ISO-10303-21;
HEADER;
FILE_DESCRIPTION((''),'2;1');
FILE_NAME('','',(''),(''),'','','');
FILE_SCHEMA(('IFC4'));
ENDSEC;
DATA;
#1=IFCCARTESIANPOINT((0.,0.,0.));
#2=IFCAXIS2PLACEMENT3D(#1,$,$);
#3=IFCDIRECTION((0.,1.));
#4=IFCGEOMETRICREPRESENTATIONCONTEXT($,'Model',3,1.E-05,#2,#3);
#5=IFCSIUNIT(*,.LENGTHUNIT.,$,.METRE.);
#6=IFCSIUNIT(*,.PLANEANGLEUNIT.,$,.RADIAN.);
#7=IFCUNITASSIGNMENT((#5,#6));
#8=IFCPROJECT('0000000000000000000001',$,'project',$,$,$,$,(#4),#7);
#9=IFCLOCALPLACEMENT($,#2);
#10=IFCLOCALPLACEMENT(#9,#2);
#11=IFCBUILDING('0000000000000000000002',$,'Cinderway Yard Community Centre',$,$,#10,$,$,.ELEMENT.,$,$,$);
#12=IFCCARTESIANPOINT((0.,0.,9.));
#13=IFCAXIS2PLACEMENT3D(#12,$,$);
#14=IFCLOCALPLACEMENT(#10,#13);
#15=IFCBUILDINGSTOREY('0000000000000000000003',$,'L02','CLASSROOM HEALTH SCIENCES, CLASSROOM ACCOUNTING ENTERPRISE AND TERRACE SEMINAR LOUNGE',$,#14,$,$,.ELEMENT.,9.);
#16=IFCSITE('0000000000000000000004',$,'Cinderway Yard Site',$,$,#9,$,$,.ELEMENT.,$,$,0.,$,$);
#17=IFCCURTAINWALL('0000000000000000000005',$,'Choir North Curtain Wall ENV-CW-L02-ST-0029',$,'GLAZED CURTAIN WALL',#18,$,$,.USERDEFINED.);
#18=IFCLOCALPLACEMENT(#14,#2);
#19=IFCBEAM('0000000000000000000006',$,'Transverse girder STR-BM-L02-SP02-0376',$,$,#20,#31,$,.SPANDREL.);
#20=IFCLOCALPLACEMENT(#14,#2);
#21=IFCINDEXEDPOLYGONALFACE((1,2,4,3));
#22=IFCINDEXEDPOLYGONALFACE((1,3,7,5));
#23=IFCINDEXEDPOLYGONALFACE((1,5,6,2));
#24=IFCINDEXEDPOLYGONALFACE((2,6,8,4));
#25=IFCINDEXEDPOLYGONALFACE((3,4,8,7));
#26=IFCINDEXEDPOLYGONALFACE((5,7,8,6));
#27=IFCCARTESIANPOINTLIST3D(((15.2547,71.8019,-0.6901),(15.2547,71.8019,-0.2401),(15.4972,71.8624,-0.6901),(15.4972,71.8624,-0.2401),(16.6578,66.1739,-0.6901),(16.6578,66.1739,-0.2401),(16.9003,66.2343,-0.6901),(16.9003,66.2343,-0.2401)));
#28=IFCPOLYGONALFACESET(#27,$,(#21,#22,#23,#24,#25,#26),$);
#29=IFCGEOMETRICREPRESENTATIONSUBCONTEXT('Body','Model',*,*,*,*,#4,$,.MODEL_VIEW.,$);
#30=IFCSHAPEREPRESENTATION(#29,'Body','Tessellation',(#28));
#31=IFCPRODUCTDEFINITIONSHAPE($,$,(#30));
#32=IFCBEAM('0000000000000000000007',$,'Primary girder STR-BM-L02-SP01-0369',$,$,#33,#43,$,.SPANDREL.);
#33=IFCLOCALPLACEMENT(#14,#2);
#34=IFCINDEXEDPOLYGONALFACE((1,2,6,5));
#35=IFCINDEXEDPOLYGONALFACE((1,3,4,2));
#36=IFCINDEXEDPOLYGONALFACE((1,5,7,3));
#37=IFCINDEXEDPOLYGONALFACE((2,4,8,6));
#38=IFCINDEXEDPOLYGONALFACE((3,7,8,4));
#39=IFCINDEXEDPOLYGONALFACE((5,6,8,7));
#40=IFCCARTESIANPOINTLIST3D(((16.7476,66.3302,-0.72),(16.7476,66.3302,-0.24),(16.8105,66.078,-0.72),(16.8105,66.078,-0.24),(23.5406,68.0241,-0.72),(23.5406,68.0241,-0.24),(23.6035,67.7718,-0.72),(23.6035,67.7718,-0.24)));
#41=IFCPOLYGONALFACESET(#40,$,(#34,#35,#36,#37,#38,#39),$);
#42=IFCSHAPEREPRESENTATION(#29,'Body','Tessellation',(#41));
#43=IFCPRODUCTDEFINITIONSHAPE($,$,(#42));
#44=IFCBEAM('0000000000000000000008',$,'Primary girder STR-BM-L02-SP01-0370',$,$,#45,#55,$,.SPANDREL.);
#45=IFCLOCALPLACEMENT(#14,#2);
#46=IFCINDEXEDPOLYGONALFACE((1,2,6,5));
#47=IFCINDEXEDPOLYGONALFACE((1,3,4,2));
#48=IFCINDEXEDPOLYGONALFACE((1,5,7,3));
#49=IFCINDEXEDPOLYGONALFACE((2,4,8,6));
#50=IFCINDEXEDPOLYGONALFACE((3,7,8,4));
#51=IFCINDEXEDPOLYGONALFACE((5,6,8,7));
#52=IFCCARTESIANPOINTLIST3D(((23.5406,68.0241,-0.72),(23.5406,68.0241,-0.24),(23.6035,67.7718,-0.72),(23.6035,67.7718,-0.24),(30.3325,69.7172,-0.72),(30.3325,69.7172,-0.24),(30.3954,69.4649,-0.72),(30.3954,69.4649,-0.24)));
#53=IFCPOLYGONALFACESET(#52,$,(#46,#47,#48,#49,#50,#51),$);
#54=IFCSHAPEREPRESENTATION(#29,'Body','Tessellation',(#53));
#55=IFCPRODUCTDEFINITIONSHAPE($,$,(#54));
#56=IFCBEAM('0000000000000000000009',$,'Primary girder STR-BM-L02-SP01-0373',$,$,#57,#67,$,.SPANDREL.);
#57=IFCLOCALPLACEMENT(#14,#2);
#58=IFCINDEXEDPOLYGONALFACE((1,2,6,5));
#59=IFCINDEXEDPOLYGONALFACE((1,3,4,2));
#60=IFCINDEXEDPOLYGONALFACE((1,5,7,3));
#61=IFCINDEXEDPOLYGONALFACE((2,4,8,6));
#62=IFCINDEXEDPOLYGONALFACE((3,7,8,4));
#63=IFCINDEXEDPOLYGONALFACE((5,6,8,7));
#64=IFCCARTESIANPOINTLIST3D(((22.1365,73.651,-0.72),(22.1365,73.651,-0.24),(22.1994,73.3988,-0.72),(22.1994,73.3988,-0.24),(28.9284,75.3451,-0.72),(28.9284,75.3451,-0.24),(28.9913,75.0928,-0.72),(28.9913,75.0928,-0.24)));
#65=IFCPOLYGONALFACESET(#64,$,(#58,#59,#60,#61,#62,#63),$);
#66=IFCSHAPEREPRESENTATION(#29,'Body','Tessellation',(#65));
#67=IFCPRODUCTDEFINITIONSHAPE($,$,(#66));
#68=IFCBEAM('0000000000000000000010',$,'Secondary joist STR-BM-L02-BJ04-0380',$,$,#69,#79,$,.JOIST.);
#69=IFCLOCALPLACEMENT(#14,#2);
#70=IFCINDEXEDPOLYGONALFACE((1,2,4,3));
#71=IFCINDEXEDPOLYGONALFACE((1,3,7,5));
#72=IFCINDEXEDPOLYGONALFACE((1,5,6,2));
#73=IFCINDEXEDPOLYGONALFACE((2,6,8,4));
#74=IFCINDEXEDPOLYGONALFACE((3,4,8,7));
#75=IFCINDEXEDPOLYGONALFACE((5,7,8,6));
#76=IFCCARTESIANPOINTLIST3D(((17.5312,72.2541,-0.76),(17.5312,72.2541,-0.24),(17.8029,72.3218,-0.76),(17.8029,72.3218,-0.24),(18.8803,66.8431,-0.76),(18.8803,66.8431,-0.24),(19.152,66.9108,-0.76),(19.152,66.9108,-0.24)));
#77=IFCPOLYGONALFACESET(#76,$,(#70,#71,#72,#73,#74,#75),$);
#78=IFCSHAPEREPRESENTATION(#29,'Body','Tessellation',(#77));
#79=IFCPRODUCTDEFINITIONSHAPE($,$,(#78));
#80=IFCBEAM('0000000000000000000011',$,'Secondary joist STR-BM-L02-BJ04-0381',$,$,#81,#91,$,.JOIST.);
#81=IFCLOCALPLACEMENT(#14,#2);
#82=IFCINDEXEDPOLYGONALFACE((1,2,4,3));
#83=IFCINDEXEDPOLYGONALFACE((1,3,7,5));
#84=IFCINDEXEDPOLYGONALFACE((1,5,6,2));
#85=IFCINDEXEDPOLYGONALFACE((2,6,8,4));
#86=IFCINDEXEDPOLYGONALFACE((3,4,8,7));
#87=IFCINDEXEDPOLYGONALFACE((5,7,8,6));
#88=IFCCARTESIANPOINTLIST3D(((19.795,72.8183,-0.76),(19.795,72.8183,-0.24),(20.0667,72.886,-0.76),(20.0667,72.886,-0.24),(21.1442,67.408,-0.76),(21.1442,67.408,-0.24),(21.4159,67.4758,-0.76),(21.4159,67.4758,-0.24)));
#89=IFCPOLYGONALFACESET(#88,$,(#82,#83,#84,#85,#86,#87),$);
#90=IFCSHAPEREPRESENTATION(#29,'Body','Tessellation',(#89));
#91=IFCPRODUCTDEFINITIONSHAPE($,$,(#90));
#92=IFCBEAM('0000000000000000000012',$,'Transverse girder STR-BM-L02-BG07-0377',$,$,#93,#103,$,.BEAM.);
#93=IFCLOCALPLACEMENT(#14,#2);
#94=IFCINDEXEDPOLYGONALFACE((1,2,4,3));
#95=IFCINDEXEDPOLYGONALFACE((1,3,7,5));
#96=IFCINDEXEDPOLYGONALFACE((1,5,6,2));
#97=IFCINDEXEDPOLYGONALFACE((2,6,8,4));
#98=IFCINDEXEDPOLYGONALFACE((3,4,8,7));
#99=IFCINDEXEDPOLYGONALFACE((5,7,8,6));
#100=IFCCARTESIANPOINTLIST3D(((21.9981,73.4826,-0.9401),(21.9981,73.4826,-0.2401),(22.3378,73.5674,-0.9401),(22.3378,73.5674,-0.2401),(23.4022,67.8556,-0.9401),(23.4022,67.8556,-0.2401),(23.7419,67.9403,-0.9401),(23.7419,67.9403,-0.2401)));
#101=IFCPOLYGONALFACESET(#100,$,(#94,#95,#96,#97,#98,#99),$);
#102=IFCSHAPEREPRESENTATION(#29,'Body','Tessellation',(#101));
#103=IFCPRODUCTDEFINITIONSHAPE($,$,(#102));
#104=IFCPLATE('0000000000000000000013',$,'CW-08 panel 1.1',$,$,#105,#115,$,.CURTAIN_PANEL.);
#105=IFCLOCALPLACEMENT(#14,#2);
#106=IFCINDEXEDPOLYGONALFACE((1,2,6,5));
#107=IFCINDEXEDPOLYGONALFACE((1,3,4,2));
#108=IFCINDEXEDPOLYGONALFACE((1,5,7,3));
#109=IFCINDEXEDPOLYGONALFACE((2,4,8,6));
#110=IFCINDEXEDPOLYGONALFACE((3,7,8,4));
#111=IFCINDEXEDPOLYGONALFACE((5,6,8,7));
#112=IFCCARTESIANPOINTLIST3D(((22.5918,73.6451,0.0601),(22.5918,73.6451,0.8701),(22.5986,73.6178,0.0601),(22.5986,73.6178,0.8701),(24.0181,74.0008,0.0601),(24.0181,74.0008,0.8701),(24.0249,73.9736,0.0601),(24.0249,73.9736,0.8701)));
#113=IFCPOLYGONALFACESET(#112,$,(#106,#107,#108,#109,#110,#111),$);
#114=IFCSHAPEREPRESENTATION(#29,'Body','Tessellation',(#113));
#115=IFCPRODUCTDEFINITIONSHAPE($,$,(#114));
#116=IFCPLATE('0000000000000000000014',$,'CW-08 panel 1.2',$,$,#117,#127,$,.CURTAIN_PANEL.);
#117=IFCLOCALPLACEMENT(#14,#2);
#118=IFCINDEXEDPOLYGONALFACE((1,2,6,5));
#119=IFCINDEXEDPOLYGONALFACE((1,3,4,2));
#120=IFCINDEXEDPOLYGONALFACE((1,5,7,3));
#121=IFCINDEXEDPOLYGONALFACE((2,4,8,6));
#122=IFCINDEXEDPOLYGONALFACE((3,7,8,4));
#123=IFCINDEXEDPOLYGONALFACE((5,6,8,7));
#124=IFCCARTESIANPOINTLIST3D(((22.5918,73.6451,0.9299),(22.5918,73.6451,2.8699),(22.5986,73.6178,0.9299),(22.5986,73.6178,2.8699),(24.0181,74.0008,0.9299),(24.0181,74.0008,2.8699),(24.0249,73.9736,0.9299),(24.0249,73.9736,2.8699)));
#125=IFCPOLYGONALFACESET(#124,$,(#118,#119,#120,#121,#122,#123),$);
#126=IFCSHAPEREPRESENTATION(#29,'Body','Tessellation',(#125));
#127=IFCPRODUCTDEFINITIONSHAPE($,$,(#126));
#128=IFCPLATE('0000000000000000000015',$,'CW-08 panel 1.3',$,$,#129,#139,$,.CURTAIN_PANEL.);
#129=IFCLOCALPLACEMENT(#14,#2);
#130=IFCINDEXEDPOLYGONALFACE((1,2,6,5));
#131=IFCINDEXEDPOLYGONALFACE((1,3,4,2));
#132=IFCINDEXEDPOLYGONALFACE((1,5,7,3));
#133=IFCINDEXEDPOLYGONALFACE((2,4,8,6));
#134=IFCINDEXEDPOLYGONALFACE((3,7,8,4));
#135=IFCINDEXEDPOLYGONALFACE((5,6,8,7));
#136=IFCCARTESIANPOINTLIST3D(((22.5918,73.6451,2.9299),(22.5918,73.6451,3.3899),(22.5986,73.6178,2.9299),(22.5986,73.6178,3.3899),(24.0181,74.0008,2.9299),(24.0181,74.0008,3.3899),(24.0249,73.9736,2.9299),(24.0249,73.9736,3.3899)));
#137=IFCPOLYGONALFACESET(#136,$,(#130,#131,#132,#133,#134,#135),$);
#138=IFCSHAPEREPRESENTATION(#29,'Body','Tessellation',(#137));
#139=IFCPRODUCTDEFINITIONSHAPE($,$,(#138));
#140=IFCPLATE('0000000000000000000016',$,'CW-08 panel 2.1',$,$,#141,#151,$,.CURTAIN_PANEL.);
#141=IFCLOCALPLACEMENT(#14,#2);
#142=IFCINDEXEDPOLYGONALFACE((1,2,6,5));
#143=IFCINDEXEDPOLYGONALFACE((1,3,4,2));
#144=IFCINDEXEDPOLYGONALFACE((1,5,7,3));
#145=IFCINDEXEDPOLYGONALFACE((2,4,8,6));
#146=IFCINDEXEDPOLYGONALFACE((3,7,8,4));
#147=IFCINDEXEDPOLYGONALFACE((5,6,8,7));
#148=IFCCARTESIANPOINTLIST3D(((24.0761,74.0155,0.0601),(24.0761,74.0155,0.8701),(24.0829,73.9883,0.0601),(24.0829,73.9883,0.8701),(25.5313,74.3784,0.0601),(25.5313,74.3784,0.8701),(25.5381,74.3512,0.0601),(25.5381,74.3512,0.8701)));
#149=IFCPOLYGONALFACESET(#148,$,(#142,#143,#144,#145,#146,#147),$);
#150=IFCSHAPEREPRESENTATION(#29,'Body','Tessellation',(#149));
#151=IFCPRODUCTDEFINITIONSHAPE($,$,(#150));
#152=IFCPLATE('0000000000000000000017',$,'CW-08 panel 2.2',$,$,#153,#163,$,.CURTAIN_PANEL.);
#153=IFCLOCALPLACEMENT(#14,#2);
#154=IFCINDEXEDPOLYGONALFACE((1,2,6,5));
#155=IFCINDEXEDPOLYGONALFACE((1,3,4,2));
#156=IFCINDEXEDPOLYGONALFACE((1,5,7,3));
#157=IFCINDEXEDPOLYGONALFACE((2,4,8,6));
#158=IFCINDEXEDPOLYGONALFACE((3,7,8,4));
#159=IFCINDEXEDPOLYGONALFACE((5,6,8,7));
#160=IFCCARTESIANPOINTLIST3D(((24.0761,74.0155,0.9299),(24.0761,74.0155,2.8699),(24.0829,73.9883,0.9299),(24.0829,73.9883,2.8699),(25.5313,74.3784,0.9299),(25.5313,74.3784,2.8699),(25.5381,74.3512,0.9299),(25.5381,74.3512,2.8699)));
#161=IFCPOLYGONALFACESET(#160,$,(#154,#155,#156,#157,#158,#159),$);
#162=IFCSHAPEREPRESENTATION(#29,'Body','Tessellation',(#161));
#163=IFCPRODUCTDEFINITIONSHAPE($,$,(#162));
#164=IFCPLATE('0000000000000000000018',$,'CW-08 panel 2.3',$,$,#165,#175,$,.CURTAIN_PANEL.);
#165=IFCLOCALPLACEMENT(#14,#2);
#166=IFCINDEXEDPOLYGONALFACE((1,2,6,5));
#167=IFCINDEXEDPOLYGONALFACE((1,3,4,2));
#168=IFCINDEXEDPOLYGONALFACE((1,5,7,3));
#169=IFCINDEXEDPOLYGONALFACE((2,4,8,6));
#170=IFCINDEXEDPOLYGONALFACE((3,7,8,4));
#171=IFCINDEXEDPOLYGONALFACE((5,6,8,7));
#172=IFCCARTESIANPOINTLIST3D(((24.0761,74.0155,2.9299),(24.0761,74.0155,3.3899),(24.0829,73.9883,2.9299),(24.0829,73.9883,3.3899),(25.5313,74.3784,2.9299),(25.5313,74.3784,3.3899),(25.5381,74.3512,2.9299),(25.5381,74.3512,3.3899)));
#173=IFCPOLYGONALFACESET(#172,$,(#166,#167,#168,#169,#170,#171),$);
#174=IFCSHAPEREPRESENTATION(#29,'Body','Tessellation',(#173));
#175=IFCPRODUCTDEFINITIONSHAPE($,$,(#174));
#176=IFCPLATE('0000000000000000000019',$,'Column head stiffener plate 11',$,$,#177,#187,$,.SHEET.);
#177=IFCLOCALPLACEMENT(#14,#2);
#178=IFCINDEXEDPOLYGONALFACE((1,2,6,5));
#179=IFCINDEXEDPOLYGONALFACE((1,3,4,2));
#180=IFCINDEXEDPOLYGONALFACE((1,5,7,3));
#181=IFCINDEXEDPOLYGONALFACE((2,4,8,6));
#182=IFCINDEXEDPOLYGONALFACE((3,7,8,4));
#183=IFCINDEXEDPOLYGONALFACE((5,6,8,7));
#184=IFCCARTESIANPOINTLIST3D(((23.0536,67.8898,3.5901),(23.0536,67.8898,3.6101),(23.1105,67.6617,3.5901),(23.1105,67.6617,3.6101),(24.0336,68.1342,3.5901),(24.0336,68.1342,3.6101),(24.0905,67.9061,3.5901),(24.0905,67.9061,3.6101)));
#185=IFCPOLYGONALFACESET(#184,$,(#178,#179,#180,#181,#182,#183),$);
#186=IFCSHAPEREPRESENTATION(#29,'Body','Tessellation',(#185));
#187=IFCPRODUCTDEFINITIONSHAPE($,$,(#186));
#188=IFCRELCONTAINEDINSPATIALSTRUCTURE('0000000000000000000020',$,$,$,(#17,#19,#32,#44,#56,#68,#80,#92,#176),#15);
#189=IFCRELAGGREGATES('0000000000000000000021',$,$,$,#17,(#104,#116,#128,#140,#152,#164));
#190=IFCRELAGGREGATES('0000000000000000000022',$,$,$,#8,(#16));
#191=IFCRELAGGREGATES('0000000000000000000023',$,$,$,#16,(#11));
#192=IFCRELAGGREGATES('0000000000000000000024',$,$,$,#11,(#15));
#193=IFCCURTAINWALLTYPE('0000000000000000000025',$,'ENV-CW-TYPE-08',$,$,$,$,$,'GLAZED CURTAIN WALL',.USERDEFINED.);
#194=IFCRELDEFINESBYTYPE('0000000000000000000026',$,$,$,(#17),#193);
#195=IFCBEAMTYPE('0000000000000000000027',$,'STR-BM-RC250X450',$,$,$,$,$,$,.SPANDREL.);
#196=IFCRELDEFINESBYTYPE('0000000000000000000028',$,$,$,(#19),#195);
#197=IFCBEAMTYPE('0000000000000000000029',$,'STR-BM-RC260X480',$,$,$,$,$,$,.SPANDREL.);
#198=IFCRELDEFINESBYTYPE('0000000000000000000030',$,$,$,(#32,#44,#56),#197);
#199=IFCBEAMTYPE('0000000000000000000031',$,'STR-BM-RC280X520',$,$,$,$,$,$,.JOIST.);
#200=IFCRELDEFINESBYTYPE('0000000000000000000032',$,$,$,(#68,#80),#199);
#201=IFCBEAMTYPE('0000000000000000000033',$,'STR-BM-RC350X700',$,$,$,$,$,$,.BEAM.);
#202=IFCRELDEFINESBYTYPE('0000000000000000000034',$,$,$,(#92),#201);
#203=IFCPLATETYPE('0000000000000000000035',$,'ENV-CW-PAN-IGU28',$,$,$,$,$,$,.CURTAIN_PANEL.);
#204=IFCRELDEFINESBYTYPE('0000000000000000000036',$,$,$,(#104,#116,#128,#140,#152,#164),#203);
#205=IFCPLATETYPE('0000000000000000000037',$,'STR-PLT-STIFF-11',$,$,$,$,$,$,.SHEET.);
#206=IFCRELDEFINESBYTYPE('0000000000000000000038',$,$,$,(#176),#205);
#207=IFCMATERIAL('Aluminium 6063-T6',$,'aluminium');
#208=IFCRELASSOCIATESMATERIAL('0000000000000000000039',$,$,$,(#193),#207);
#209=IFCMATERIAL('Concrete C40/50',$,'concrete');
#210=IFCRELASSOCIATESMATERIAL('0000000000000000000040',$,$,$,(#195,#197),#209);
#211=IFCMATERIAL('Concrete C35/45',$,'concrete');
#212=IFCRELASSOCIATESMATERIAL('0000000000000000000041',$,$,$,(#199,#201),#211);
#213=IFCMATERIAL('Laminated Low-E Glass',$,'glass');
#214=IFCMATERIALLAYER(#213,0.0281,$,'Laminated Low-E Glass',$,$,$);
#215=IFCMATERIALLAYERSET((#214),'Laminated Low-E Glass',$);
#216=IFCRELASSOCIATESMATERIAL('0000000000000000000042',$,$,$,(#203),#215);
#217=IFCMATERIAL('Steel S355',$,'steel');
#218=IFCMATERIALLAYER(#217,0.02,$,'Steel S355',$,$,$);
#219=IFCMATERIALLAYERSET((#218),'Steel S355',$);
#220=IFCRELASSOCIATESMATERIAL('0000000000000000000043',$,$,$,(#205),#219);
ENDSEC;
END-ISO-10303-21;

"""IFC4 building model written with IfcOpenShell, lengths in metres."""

from ifc_helpers import new_model, si_unit, direction, frame, origin, origin_2d, place, context, subcontext, project, spatial, rectangle, extrude, material, layer, layer_set, material_profile, profile_set, type_object, element, aggregate, save


model = new_model("IFC4")

# Units and contexts
model_context = context("Model", 3, precision=1e-05, world=origin(), true_north=direction((0.0, 1.0)))
body_context = subcontext(model_context, "Body", "Model", "MODEL_VIEW")
ifc_project = project(units=[si_unit("LENGTHUNIT", "METRE"), si_unit("PLANEANGLEUNIT", "RADIAN")], contexts=[model_context])

# Site, building, storey
site_placement = place(None, origin())
site = spatial("IfcSite", under=ifc_project, at=site_placement, Name="Cinderway Yard Site", CompositionType="ELEMENT", RefElevation=0.0)
building_placement = place(site_placement, origin())
building = spatial("IfcBuilding", under=site, at=building_placement, Name="Cinderway Yard Community Centre", CompositionType="ELEMENT")
storey_placement = place(building_placement, frame((0.0, 0.0, 9.0)))
storey = spatial("IfcBuildingStorey", under=building, at=storey_placement, Name="L02", Description="CLASSROOM HEALTH SCIENCES, CLASSROOM ACCOUNTING ENTERPRISE AND TERRACE SEMINAR LOUNGE", CompositionType="ELEMENT", Elevation=9.0)

# Shared definitions
ifc_material_1 = material(Name="Concrete C40/50", Category="concrete")

# Curtain wall
ifc_material_2 = material(Name="Aluminium 6063-T6", Category="aluminium")
curtain_wall_type = type_object("IfcCurtainWallType", Name="ENV-CW-TYPE-08", ElementType="GLAZED CURTAIN WALL", PredefinedType="USERDEFINED", material=ifc_material_2)
curtain_wall_placement = place(storey_placement, origin())
curtain_wall = element("IfcCurtainWall", 1, at=curtain_wall_placement, inside=storey, type_object=curtain_wall_type, Name="Choir North Curtain Wall ENV-CW-L02-ST-0029", ObjectType="GLAZED CURTAIN WALL", PredefinedType="USERDEFINED")

# Beams
ifc_material_profile_1 = material_profile(ifc_material_1, rectangle(XDim=0.25, YDim=0.45, at=origin_2d()), Name="Concrete C40/50")
ifc_profile_set_1 = profile_set([ifc_material_profile_1], Name="Concrete C40/50")
beam_type_1 = type_object("IfcBeamType", Name="STR-BM-RC250X450", PredefinedType="SPANDREL", material=ifc_profile_set_1)
beam_1_placement = place(storey_placement, frame((16.7791, 66.2041, -0.4651), z_axis=(-0.241902, 0.970301, 0.0), x_axis=(-0.970301, -0.241902, 0.0)))
element("IfcBeam", 2, at=beam_1_placement, inside=storey, type_object=beam_type_1, Name="Transverse girder STR-BM-L02-SP02-0376", PredefinedType="SPANDREL", context=body_context, shape_type="SweptSolid", body=[
    extrude(rectangle(XDim=0.25, YDim=0.45, at=origin_2d()), origin(), (0.0, 0.0, 1.0), 5.8003),
])
ifc_material_profile_2 = material_profile(ifc_material_1, rectangle(XDim=0.26, YDim=0.48, at=origin_2d()), Name="Concrete C40/50")
ifc_profile_set_2 = profile_set([ifc_material_profile_2], Name="Concrete C40/50")
beam_type_2 = type_object("IfcBeamType", Name="STR-BM-RC260X480", PredefinedType="SPANDREL", material=ifc_profile_set_2)
beam_2_placement = place(storey_placement, frame((16.7791, 66.2041, -0.48), z_axis=(0.97029, 0.241945, 0.0), x_axis=(-0.241945, 0.97029, 0.0)))
element("IfcBeam", 3, at=beam_2_placement, inside=storey, type_object=beam_type_2, Name="Primary girder STR-BM-L02-SP01-0369", PredefinedType="SPANDREL", context=body_context, shape_type="SweptSolid", body=[
    extrude(rectangle(XDim=0.26, YDim=0.48, at=origin_2d()), origin(), (0.0, 0.0, 1.0), 7.001),
])
beam_3_placement = place(storey_placement, frame((23.572, 67.8979, -0.48), z_axis=(0.970306, 0.241879, 0.0), x_axis=(-0.241879, 0.970306, 0.0)))
element("IfcBeam", 4, at=beam_3_placement, inside=storey, type_object=beam_type_2, Name="Primary girder STR-BM-L02-SP01-0370", PredefinedType="SPANDREL", context=body_context, shape_type="SweptSolid", body=[
    extrude(rectangle(XDim=0.26, YDim=0.48, at=origin_2d()), origin(), (0.0, 0.0, 1.0), 6.9998),
])
beam_4_placement = place(storey_placement, frame((22.168, 73.5249, -0.48), z_axis=(0.970274, 0.24201, 0.0), x_axis=(-0.24201, 0.970274, 0.0)))
element("IfcBeam", 5, at=beam_4_placement, inside=storey, type_object=beam_type_2, Name="Primary girder STR-BM-L02-SP01-0373", PredefinedType="SPANDREL", context=body_context, shape_type="SweptSolid", body=[
    extrude(rectangle(XDim=0.26, YDim=0.48, at=origin_2d()), origin(), (0.0, 0.0, 1.0), 7.0),
])
ifc_material_3 = material(Name="Concrete C35/45", Category="concrete")
ifc_material_profile_3 = material_profile(ifc_material_3, rectangle(XDim=0.28, YDim=0.52, at=origin_2d()), Name="Concrete C35/45")
ifc_profile_set_3 = profile_set([ifc_material_profile_3], Name="Concrete C35/45")
beam_type_3 = type_object("IfcBeamType", Name="STR-BM-RC280X520", PredefinedType="JOIST", material=ifc_profile_set_3)
beam_5_placement = place(storey_placement, frame((19.0161, 66.877, -0.5), z_axis=(-0.241918, 0.970297, 0.0), x_axis=(-0.970297, -0.241918, 0.0)))
element("IfcBeam", 6, at=beam_5_placement, inside=storey, type_object=beam_type_3, Name="Secondary joist STR-BM-L02-BJ04-0380", PredefinedType="JOIST", context=body_context, shape_type="SweptSolid", body=[
    extrude(rectangle(XDim=0.28, YDim=0.52, at=origin_2d()), origin(), (0.0, 0.0, 1.0), 5.5767),
])
beam_6_placement = place(storey_placement, frame((21.28, 67.4419, -0.5), z_axis=(-0.241959, 0.970287, 0.0), x_axis=(-0.970287, -0.241959, 0.0)))
element("IfcBeam", 7, at=beam_6_placement, inside=storey, type_object=beam_type_3, Name="Secondary joist STR-BM-L02-BJ04-0381", PredefinedType="JOIST", context=body_context, shape_type="SweptSolid", body=[
    extrude(rectangle(XDim=0.28, YDim=0.52, at=origin_2d()), origin(), (0.0, 0.0, 1.0), 5.5759),
])
ifc_material_profile_4 = material_profile(ifc_material_3, rectangle(XDim=0.3501, YDim=0.7, at=origin_2d()), Name="Concrete C35/45")
ifc_profile_set_4 = profile_set([ifc_material_profile_4], Name="Concrete C35/45")
beam_type_4 = type_object("IfcBeamType", Name="STR-BM-RC350X700", PredefinedType="BEAM", material=ifc_profile_set_4)
beam_7_placement = place(storey_placement, frame((23.572, 67.8979, -0.5901), z_axis=(-0.2421, 0.970251, 0.0), x_axis=(-0.970251, -0.2421, 0.0)))
element("IfcBeam", 8, at=beam_7_placement, inside=storey, type_object=beam_type_4, Name="Transverse girder STR-BM-L02-BG07-0377", PredefinedType="BEAM", context=body_context, shape_type="SweptSolid", body=[
    extrude(rectangle(XDim=0.3501, YDim=0.7, at=origin_2d()), origin(), (0.0, 0.0, 1.0), 5.7996),
])

# Plates
ifc_material_4 = material(Name="Laminated Low-E Glass", Category="glass")
ifc_layer_1 = layer(ifc_material_4, 0.0281, Name="Laminated Low-E Glass")
ifc_layer_set_1 = layer_set([ifc_layer_1], Name="Laminated Low-E Glass")
plate_type_1 = type_object("IfcPlateType", Name="ENV-CW-PAN-IGU28", PredefinedType="CURTAIN_PANEL", material=ifc_layer_set_1)
plate_1_placement = place(storey_placement, frame((23.3083, 73.8093, 0.0601), z_axis=(0.0, 0.0, 1.0), x_axis=(0.970274, 0.242008, 0.0)))
plate_1 = element("IfcPlate", 9, at=plate_1_placement, type_object=plate_type_1, Name="CW-08 panel 1.1", PredefinedType="CURTAIN_PANEL", context=body_context, shape_type="SweptSolid", body=[
    extrude(rectangle(XDim=1.47, YDim=0.0281, at=origin_2d()), origin(), (0.0, 0.0, 1.0), 0.8101),
])
plate_2_placement = place(storey_placement, frame((23.3083, 73.8093, 0.9299), z_axis=(0.0, 0.0, 1.0), x_axis=(0.970274, 0.242008, 0.0)))
plate_2 = element("IfcPlate", 10, at=plate_2_placement, type_object=plate_type_1, Name="CW-08 panel 1.2", PredefinedType="CURTAIN_PANEL", context=body_context, shape_type="SweptSolid", body=[
    extrude(rectangle(XDim=1.47, YDim=0.0281, at=origin_2d()), origin(), (0.0, 0.0, 1.0), 1.9399),
])
plate_3_placement = place(storey_placement, frame((23.3083, 73.8093, 2.9299), z_axis=(0.0, 0.0, 1.0), x_axis=(0.970274, 0.242008, 0.0)))
plate_3 = element("IfcPlate", 11, at=plate_3_placement, type_object=plate_type_1, Name="CW-08 panel 1.3", PredefinedType="CURTAIN_PANEL", context=body_context, shape_type="SweptSolid", body=[
    extrude(rectangle(XDim=1.47, YDim=0.0281, at=origin_2d()), origin(), (0.0, 0.0, 1.0), 0.46),
])
plate_4_placement = place(storey_placement, frame((24.8071, 74.1833, 0.0601), z_axis=(0.0, 0.0, 1.0), x_axis=(0.970274, 0.242008, 0.0)))
plate_4 = element("IfcPlate", 12, at=plate_4_placement, type_object=plate_type_1, Name="CW-08 panel 2.1", PredefinedType="CURTAIN_PANEL", context=body_context, shape_type="SweptSolid", body=[
    extrude(rectangle(XDim=1.4998, YDim=0.0281, at=origin_2d()), origin(), (0.0, 0.0, 1.0), 0.8101),
])
plate_5_placement = place(storey_placement, frame((24.8071, 74.1833, 0.9299), z_axis=(0.0, 0.0, 1.0), x_axis=(0.970274, 0.242008, 0.0)))
plate_5 = element("IfcPlate", 13, at=plate_5_placement, type_object=plate_type_1, Name="CW-08 panel 2.2", PredefinedType="CURTAIN_PANEL", context=body_context, shape_type="SweptSolid", body=[
    extrude(rectangle(XDim=1.4998, YDim=0.0281, at=origin_2d()), origin(), (0.0, 0.0, 1.0), 1.9399),
])
plate_6_placement = place(storey_placement, frame((24.8071, 74.1833, 2.9299), z_axis=(0.0, 0.0, 1.0), x_axis=(0.970274, 0.242008, 0.0)))
plate_6 = element("IfcPlate", 14, at=plate_6_placement, type_object=plate_type_1, Name="CW-08 panel 2.3", PredefinedType="CURTAIN_PANEL", context=body_context, shape_type="SweptSolid", body=[
    extrude(rectangle(XDim=1.4998, YDim=0.0281, at=origin_2d()), origin(), (0.0, 0.0, 1.0), 0.46),
])
aggregate(curtain_wall, [plate_1, plate_2, plate_3, plate_4, plate_5, plate_6])

# Plate
ifc_material_5 = material(Name="Steel S355", Category="steel")
ifc_layer_2 = layer(ifc_material_5, 0.02, Name="Steel S355")
ifc_layer_set_2 = layer_set([ifc_layer_2], Name="Steel S355")
plate_type_2 = type_object("IfcPlateType", Name="STR-PLT-STIFF-11", PredefinedType="SHEET", material=ifc_layer_set_2)
plate_7_placement = place(storey_placement, frame((23.572, 67.8979, 3.5901), z_axis=(0.0, 0.0, 1.0), x_axis=(0.970296, 0.241922, 0.0)))
element("IfcPlate", 15, at=plate_7_placement, inside=storey, type_object=plate_type_2, Name="Column head stiffener plate 11", PredefinedType="SHEET", context=body_context, shape_type="SweptSolid", body=[
    extrude(rectangle(XDim=1.01, YDim=0.2351, at=origin_2d()), origin(), (0.0, 0.0, 1.0), 0.02),
])

save(model, "model.ifc")
